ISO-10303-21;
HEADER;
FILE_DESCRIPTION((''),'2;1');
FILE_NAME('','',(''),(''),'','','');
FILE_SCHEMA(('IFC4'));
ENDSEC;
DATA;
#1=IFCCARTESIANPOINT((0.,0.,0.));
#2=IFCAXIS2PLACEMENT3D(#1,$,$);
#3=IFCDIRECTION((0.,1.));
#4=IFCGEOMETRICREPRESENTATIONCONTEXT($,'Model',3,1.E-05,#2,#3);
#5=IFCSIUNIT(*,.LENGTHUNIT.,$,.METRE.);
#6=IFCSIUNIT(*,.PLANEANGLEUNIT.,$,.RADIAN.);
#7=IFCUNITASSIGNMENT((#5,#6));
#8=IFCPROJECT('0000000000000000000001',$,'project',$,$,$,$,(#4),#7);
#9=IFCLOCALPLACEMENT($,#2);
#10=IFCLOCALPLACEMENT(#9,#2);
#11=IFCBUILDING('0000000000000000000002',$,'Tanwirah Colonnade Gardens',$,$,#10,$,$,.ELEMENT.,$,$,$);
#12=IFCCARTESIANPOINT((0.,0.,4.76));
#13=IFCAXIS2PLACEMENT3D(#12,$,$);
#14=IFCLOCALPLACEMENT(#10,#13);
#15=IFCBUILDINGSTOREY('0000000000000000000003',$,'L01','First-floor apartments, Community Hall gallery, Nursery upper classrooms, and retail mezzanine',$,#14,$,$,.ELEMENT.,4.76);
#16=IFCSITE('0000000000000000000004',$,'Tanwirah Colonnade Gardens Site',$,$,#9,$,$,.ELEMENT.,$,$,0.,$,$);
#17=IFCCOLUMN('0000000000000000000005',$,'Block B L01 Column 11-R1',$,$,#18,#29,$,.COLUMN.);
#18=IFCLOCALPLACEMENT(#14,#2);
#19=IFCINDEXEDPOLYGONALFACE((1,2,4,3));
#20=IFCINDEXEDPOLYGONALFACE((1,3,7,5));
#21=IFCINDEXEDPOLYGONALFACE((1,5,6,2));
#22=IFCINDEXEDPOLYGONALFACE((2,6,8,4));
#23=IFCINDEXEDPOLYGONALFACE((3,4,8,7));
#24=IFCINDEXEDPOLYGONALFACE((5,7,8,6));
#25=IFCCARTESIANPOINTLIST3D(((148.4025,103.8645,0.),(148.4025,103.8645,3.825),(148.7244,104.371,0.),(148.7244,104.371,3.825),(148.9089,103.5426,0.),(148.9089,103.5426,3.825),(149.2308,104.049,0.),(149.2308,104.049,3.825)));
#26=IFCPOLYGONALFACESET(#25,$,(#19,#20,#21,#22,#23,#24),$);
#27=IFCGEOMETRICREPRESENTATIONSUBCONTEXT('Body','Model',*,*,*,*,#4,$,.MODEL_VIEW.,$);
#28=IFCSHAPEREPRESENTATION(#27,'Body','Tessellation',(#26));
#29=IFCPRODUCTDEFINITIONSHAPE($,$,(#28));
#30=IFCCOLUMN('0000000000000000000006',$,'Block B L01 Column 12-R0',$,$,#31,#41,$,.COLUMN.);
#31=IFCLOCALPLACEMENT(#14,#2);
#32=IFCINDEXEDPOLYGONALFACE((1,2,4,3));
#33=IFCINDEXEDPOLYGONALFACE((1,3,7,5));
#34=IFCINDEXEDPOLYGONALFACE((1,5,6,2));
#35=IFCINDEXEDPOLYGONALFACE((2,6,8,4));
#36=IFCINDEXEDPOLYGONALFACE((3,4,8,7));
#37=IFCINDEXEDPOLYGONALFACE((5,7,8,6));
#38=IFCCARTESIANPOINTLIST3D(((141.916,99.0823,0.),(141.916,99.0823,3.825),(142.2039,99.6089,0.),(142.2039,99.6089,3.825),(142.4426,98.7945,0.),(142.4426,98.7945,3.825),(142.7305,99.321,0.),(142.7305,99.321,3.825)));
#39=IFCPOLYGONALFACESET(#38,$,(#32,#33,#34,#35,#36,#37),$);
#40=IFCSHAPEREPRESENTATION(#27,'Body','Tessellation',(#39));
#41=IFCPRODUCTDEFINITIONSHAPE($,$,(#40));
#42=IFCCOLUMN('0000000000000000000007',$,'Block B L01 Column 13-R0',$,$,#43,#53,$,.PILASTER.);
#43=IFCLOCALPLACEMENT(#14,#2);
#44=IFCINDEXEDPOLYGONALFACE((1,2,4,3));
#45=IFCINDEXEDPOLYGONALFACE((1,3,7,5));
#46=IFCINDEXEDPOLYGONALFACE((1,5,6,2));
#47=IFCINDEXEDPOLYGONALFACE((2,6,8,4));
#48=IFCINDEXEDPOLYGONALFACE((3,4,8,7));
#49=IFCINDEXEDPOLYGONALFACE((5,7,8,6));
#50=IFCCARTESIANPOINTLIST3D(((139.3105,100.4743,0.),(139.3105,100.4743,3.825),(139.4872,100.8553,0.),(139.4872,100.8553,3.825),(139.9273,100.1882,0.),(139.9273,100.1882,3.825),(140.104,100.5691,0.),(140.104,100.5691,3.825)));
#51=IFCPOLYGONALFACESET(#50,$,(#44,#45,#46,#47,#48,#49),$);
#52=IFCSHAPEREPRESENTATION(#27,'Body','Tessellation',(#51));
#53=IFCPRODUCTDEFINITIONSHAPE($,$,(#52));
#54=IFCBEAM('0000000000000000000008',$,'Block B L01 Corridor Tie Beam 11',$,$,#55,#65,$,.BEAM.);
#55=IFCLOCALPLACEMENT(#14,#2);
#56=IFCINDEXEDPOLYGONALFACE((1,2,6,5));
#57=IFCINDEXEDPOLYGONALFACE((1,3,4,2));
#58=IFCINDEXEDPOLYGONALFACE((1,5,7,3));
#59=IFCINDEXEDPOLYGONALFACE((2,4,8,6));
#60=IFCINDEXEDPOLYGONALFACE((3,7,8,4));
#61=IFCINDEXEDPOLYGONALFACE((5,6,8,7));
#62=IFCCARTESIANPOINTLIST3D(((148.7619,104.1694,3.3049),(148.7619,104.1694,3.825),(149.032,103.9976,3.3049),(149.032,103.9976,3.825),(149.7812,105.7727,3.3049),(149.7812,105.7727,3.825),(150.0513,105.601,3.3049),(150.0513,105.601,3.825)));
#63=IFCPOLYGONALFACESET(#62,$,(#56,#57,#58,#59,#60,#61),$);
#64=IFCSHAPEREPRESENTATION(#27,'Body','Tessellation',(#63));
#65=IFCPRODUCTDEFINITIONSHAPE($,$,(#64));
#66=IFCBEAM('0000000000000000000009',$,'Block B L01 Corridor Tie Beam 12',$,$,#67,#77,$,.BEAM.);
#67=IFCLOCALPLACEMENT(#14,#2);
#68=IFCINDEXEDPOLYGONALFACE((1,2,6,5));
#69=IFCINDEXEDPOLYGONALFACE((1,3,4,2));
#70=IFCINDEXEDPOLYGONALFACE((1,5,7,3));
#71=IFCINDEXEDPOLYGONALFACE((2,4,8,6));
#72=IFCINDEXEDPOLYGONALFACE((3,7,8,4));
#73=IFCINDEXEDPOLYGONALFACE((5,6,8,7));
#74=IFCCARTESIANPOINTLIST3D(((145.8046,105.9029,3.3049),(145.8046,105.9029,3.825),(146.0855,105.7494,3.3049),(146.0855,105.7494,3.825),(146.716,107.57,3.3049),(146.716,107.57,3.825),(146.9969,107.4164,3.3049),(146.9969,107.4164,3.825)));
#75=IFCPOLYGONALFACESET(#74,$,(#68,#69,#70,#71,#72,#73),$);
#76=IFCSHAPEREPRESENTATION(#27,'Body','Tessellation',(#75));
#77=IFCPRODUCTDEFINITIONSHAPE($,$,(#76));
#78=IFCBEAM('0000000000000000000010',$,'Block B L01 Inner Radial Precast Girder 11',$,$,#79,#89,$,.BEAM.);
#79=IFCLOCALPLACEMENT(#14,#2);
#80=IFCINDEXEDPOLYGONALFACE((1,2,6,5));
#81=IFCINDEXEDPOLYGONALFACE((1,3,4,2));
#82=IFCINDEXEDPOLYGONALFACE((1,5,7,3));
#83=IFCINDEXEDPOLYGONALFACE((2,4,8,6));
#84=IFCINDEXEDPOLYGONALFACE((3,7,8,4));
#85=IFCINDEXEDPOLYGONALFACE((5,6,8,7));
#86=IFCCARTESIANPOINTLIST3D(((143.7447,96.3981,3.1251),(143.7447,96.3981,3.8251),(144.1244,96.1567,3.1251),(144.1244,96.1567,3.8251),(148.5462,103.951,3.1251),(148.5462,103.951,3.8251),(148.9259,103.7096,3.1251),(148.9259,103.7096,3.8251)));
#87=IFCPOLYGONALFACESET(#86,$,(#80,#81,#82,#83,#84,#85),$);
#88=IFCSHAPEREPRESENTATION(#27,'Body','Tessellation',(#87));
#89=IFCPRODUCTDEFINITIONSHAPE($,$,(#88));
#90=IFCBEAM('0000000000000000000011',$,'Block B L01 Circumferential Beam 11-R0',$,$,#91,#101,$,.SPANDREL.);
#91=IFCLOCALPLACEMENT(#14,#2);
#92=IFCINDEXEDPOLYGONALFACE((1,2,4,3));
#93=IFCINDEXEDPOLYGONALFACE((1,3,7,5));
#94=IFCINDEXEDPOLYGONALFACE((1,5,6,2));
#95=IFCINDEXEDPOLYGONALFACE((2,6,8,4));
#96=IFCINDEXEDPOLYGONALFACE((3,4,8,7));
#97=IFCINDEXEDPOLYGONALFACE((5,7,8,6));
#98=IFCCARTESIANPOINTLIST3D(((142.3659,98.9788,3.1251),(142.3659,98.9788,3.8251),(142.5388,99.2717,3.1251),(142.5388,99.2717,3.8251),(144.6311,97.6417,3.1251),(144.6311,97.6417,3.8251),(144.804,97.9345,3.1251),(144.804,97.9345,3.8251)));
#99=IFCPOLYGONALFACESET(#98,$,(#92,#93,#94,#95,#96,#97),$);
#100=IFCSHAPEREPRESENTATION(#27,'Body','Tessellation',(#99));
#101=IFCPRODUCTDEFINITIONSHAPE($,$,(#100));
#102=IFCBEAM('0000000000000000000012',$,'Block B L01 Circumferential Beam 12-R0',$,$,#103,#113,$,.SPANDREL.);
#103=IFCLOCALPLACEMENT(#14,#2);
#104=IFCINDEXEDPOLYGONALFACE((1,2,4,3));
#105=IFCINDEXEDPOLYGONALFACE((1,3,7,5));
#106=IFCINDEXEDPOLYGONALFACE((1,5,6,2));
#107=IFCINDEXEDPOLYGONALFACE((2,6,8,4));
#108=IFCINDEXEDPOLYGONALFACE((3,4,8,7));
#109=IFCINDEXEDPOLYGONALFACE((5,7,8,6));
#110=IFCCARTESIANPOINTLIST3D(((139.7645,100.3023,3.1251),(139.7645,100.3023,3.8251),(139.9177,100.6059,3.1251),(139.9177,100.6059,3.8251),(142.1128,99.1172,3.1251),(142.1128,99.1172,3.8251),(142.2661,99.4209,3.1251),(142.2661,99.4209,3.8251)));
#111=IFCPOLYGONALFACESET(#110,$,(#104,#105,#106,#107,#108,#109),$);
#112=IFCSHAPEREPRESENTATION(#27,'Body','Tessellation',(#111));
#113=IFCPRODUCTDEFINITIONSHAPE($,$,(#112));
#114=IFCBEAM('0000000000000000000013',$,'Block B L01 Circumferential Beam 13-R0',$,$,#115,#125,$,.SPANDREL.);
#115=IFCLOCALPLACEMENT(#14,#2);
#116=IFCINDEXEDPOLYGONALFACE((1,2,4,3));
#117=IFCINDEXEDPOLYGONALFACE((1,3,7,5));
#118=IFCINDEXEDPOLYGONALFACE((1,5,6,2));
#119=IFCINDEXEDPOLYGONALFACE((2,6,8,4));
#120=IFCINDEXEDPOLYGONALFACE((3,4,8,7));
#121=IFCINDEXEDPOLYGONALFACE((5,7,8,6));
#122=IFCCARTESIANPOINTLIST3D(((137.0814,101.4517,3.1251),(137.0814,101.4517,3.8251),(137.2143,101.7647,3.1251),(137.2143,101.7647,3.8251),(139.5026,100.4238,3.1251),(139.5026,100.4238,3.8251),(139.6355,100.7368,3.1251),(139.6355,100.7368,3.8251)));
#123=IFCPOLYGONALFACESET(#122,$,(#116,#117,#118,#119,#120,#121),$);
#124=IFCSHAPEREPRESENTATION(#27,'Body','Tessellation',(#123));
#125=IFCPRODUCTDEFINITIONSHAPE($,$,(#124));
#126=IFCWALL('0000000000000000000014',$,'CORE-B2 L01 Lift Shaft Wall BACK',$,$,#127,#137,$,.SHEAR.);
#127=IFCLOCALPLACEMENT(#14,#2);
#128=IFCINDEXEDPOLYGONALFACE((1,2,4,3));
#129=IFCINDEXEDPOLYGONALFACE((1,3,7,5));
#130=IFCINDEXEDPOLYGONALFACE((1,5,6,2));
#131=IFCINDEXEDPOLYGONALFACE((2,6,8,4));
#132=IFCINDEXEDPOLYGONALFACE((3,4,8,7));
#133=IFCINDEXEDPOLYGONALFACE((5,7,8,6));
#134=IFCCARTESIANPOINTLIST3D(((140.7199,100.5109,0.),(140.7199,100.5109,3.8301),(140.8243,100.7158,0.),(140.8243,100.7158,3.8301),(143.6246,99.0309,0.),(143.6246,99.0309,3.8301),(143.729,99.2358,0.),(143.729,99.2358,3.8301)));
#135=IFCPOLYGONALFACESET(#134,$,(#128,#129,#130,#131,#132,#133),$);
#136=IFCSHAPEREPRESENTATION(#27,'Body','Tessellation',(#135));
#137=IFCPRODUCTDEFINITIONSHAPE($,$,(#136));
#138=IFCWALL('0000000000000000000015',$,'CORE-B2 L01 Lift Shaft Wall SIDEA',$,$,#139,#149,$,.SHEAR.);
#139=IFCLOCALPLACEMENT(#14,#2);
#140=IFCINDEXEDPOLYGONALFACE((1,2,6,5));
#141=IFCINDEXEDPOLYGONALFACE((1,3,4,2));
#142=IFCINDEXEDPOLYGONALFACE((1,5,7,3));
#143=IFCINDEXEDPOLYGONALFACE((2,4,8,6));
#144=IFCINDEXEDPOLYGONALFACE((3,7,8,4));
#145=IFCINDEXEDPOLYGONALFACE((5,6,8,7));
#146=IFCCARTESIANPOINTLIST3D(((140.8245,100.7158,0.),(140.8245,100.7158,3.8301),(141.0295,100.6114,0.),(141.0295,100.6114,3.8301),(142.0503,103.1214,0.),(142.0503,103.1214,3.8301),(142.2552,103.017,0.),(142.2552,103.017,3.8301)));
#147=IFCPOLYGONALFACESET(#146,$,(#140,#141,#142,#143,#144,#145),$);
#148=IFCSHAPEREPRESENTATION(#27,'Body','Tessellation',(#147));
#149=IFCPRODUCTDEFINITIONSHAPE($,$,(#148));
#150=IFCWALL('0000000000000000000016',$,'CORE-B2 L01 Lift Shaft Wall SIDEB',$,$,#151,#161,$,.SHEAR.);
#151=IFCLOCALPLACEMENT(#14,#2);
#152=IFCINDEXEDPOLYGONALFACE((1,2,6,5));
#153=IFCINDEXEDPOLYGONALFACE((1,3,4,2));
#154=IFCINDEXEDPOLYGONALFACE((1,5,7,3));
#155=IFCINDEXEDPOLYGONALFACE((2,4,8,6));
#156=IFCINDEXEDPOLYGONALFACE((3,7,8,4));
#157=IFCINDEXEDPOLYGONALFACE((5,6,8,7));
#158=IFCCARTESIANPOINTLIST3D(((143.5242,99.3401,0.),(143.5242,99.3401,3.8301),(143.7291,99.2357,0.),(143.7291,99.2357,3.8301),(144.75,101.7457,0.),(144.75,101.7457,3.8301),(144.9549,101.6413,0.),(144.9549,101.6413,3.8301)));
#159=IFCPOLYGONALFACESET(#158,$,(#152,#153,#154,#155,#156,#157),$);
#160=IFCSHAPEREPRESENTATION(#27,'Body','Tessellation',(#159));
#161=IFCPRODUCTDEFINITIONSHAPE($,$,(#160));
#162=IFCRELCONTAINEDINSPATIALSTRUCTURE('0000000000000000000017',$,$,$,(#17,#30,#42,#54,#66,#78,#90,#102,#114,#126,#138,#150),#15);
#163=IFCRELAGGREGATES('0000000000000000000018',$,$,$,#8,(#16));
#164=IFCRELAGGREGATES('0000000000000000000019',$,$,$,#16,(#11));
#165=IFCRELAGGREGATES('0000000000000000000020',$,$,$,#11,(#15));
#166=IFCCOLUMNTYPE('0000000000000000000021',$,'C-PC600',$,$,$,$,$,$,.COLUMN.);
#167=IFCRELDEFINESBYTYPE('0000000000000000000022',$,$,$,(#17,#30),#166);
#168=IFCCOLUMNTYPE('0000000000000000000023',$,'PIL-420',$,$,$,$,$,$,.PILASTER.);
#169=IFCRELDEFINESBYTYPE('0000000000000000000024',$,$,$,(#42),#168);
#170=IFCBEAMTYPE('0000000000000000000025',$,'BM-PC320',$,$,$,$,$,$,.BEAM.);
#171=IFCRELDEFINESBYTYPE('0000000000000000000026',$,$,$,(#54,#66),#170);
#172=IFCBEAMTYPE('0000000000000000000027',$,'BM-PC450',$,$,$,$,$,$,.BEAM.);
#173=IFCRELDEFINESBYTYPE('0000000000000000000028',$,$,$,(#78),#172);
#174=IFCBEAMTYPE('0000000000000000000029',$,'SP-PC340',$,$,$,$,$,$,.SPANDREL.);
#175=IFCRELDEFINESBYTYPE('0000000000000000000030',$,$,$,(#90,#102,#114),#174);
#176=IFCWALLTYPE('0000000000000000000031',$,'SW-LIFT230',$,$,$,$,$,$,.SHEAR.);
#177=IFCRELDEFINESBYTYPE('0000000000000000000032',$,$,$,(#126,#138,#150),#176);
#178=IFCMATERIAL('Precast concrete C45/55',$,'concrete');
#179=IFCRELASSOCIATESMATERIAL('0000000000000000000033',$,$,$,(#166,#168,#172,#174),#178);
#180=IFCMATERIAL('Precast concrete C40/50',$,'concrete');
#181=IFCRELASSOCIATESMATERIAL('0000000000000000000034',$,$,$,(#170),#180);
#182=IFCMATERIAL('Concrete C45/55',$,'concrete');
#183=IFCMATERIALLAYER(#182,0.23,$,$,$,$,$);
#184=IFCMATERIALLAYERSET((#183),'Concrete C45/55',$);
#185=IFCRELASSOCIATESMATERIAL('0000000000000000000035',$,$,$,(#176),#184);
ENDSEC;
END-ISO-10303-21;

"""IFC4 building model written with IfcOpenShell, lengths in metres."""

from ifc_helpers import new_model, si_unit, direction, frame, frame_2d, origin, origin_2d, place, context, subcontext, project, spatial, rectangle, extrude, material, layer, layer_set, material_profile, profile_set, type_object, element, save


model = new_model("IFC4")

# Units and contexts
model_context = context("Model", 3, precision=1e-05, world=origin(), true_north=direction((0.0, 1.0)))
body_context = subcontext(model_context, "Body", "Model", "MODEL_VIEW")
ifc_project = project(units=[si_unit("LENGTHUNIT", "METRE"), si_unit("PLANEANGLEUNIT", "RADIAN")], contexts=[model_context])

# Site, building, storey
site_placement = place(None, origin())
site = spatial("IfcSite", under=ifc_project, at=site_placement, Name="Tanwirah Colonnade Gardens Site", CompositionType="ELEMENT", RefElevation=0.0)
building_placement = place(site_placement, origin())
building = spatial("IfcBuilding", under=site, at=building_placement, Name="Tanwirah Colonnade Gardens", CompositionType="ELEMENT")
storey_placement = place(building_placement, frame((0.0, 0.0, 4.76)))
storey = spatial("IfcBuildingStorey", under=building, at=storey_placement, Name="L01", Description="First-floor apartments, Community Hall gallery, Nursery upper classrooms, and retail mezzanine", CompositionType="ELEMENT", Elevation=4.76)

# Columns
ifc_material_1 = material(Name="Precast concrete C45/55", Category="concrete")
ifc_material_profile_1 = material_profile(ifc_material_1, rectangle(XDim=0.6001, YDim=0.6001, at=origin_2d()), Name="PC-COL 600x600")
ifc_profile_set_1 = profile_set([ifc_material_profile_1], Name="Precast concrete C45/55")
column_type_1 = type_object("IfcColumnType", Name="C-PC600", PredefinedType="COLUMN", material=ifc_profile_set_1)
for number, where, z_axis, x_axis, name in (
    (1, (148.8167, 103.9568, 0.0), (0.0, 0.0, 1.0), (0.536482, 0.843912, 0.0), "Block B L01 Column 11-R1"),
    (2, (142.3232, 99.2017, 0.0), (0.0, 0.0, 1.0), (0.479713, 0.877425, 0.0), "Block B L01 Column 12-R0"),
):
    element("IfcColumn", number, at=place(storey_placement, frame(where, z_axis=z_axis, x_axis=x_axis)), inside=storey, type_object=column_type_1, Name=name, PredefinedType="COLUMN", context=body_context, shape_type="SweptSolid", body=[
        extrude(rectangle(XDim=0.6001, YDim=0.6001, at=origin_2d()), origin(), (0.0, 0.0, 1.0), 3.825),
    ])
ifc_material_profile_2 = material_profile(ifc_material_1, rectangle(XDim=0.4199, YDim=0.6799, at=origin_2d()), Name="PC-PIL 420x680")
ifc_profile_set_2 = profile_set([ifc_material_profile_2], Name="Precast concrete C45/55")
column_type_2 = type_object("IfcColumnType", Name="PIL-420", PredefinedType="PILASTER", material=ifc_profile_set_2)
column_placement = place(storey_placement, frame((139.7073, 100.5217, 0.0), z_axis=(0.0, 0.0, 1.0), x_axis=(0.42086, 0.907126, 0.0)))
element("IfcColumn", 3, at=column_placement, inside=storey, type_object=column_type_2, Name="Block B L01 Column 13-R0", PredefinedType="PILASTER", context=body_context, shape_type="SweptSolid", body=[
    extrude(rectangle(XDim=0.4199, YDim=0.6799, at=origin_2d()), origin(), (0.0, 0.0, 1.0), 3.825),
])

# Beams
ifc_material_2 = material(Name="Precast concrete C40/50", Category="concrete")
ifc_material_profile_3 = material_profile(ifc_material_2, rectangle(XDim=0.3201, YDim=0.52, at=origin_2d()), Name="PC-BM 320x520")
ifc_profile_set_3 = profile_set([ifc_material_profile_3], Name="Precast concrete C40/50")
beam_type_1 = type_object("IfcBeamType", Name="BM-PC320", PredefinedType="BEAM", material=ifc_profile_set_3)
for number, where, z_axis, x_axis, name in (
    (4, (148.897, 104.0835, 3.5649), (0.53651, 0.843894, 0.0), (-0.843894, 0.53651, 0.0), "Block B L01 Corridor Tie Beam 11"),
    (5, (145.9451, 105.8262, 3.5649), (0.479707, 0.877429, 0.0), (-0.877429, 0.479707, 0.0), "Block B L01 Corridor Tie Beam 12"),
):
    element("IfcBeam", number, at=place(storey_placement, frame(where, z_axis=z_axis, x_axis=x_axis)), inside=storey, type_object=beam_type_1, Name=name, PredefinedType="BEAM", context=body_context, shape_type="SweptSolid", body=[
        extrude(rectangle(XDim=0.3201, YDim=0.52, at=origin_2d()), origin(), (0.0, 0.0, 1.0), 1.8999),
    ])
ifc_material_profile_4 = material_profile(ifc_material_1, rectangle(XDim=0.45, YDim=0.7, at=origin_2d()), Name="PC-BM 450x700")
ifc_profile_set_4 = profile_set([ifc_material_profile_4], Name="Precast concrete C45/55")
beam_type_2 = type_object("IfcBeamType", Name="BM-PC450", PredefinedType="BEAM", material=ifc_profile_set_4)
beam_placement = place(storey_placement, frame((148.7361, 103.8303, 3.4751), z_axis=(-0.536484, -0.843911, 0.0), x_axis=(0.843911, -0.536484, 0.0)))
element("IfcBeam", 6, at=beam_placement, inside=storey, type_object=beam_type_2, Name="Block B L01 Inner Radial Precast Girder 11", PredefinedType="BEAM", context=body_context, shape_type="SweptSolid", body=[
    extrude(rectangle(XDim=0.45, YDim=0.7, at=origin_2d()), origin(), (0.0, 0.0, 1.0), 8.95),
])
ifc_material_profile_5 = material_profile(ifc_material_1, rectangle(XDim=0.3401, YDim=0.7, at=origin_2d()), Name="PC-SP 340x700")
ifc_profile_set_5 = profile_set([ifc_material_profile_5], Name="Precast concrete C45/55")
beam_type_3 = type_object("IfcBeamType", Name="SP-PC340", PredefinedType="SPANDREL", material=ifc_profile_set_5)
for number, where, z_axis, x_axis, name in (
    (7, (144.7175, 97.7881, 3.4751), (-0.861148, 0.508354, 0.0), (-0.508354, -0.861148, 0.0), "Block B L01 Circumferential Beam 11-R0"),
    (8, (142.1895, 99.269, 3.4751), (-0.892769, 0.450515, 0.0), (-0.450515, -0.892769, 0.0), "Block B L01 Circumferential Beam 12-R0"),
    (9, (139.5691, 100.5803, 3.4751), (-0.920489, 0.390769, 0.0), (-0.390769, -0.920489, 0.0), "Block B L01 Circumferential Beam 13-R0"),
):
    element("IfcBeam", number, at=place(storey_placement, frame(where, z_axis=z_axis, x_axis=x_axis)), inside=storey, type_object=beam_type_3, Name=name, PredefinedType="SPANDREL", context=body_context, shape_type="SweptSolid", body=[
        extrude(rectangle(XDim=0.3401, YDim=0.7, at=origin_2d()), origin(), (0.0, 0.0, 1.0), 2.6304),
    ])

# Shared definitions
ifc_material_3 = material(Name="Concrete C45/55", Category="concrete")
ifc_layer_1 = layer(ifc_material_3, 0.23)
ifc_layer_set_1 = layer_set([ifc_layer_1], Name="Concrete C45/55")
wall_type = type_object("IfcWallType", Name="SW-LIFT230", PredefinedType="SHEAR", material=ifc_layer_set_1)

# Walls
wall_1_placement = place(storey_placement, frame((140.7722, 100.6133, 0.0), z_axis=(0.0, 0.0, 1.0), x_axis=(0.891017, -0.453971, 0.0)))
element("IfcWall", 10, at=wall_1_placement, inside=storey, type_object=wall_type, Name="CORE-B2 L01 Lift Shaft Wall BACK", PredefinedType="SHEAR", context=body_context, shape_type="SweptSolid", body=[
    extrude(rectangle(XDim=3.26, YDim=0.23, at=frame_2d((1.6299, 0.0))), origin(), (0.0, 0.0, 1.0), 3.8301),
])
for number, where, z_axis, x_axis, name in (
    (11, (142.1528, 103.0693, 0.0), (0.0, 0.0, 1.0), (-0.454, -0.891002, 0.0), "CORE-B2 L01 Lift Shaft Wall SIDEA"),
    (12, (144.8525, 101.6936, 0.0), (0.0, 0.0, 1.0), (-0.454037, -0.890983, 0.0), "CORE-B2 L01 Lift Shaft Wall SIDEB"),
):
    element("IfcWall", number, at=place(storey_placement, frame(where, z_axis=z_axis, x_axis=x_axis)), inside=storey, type_object=wall_type, Name=name, PredefinedType="SHEAR", context=body_context, shape_type="SweptSolid", body=[
        extrude(rectangle(XDim=2.7, YDim=0.23, at=frame_2d((1.3501, 0.0))), origin(), (0.0, 0.0, 1.0), 3.8301),
    ])

save(model, "model.ifc")
